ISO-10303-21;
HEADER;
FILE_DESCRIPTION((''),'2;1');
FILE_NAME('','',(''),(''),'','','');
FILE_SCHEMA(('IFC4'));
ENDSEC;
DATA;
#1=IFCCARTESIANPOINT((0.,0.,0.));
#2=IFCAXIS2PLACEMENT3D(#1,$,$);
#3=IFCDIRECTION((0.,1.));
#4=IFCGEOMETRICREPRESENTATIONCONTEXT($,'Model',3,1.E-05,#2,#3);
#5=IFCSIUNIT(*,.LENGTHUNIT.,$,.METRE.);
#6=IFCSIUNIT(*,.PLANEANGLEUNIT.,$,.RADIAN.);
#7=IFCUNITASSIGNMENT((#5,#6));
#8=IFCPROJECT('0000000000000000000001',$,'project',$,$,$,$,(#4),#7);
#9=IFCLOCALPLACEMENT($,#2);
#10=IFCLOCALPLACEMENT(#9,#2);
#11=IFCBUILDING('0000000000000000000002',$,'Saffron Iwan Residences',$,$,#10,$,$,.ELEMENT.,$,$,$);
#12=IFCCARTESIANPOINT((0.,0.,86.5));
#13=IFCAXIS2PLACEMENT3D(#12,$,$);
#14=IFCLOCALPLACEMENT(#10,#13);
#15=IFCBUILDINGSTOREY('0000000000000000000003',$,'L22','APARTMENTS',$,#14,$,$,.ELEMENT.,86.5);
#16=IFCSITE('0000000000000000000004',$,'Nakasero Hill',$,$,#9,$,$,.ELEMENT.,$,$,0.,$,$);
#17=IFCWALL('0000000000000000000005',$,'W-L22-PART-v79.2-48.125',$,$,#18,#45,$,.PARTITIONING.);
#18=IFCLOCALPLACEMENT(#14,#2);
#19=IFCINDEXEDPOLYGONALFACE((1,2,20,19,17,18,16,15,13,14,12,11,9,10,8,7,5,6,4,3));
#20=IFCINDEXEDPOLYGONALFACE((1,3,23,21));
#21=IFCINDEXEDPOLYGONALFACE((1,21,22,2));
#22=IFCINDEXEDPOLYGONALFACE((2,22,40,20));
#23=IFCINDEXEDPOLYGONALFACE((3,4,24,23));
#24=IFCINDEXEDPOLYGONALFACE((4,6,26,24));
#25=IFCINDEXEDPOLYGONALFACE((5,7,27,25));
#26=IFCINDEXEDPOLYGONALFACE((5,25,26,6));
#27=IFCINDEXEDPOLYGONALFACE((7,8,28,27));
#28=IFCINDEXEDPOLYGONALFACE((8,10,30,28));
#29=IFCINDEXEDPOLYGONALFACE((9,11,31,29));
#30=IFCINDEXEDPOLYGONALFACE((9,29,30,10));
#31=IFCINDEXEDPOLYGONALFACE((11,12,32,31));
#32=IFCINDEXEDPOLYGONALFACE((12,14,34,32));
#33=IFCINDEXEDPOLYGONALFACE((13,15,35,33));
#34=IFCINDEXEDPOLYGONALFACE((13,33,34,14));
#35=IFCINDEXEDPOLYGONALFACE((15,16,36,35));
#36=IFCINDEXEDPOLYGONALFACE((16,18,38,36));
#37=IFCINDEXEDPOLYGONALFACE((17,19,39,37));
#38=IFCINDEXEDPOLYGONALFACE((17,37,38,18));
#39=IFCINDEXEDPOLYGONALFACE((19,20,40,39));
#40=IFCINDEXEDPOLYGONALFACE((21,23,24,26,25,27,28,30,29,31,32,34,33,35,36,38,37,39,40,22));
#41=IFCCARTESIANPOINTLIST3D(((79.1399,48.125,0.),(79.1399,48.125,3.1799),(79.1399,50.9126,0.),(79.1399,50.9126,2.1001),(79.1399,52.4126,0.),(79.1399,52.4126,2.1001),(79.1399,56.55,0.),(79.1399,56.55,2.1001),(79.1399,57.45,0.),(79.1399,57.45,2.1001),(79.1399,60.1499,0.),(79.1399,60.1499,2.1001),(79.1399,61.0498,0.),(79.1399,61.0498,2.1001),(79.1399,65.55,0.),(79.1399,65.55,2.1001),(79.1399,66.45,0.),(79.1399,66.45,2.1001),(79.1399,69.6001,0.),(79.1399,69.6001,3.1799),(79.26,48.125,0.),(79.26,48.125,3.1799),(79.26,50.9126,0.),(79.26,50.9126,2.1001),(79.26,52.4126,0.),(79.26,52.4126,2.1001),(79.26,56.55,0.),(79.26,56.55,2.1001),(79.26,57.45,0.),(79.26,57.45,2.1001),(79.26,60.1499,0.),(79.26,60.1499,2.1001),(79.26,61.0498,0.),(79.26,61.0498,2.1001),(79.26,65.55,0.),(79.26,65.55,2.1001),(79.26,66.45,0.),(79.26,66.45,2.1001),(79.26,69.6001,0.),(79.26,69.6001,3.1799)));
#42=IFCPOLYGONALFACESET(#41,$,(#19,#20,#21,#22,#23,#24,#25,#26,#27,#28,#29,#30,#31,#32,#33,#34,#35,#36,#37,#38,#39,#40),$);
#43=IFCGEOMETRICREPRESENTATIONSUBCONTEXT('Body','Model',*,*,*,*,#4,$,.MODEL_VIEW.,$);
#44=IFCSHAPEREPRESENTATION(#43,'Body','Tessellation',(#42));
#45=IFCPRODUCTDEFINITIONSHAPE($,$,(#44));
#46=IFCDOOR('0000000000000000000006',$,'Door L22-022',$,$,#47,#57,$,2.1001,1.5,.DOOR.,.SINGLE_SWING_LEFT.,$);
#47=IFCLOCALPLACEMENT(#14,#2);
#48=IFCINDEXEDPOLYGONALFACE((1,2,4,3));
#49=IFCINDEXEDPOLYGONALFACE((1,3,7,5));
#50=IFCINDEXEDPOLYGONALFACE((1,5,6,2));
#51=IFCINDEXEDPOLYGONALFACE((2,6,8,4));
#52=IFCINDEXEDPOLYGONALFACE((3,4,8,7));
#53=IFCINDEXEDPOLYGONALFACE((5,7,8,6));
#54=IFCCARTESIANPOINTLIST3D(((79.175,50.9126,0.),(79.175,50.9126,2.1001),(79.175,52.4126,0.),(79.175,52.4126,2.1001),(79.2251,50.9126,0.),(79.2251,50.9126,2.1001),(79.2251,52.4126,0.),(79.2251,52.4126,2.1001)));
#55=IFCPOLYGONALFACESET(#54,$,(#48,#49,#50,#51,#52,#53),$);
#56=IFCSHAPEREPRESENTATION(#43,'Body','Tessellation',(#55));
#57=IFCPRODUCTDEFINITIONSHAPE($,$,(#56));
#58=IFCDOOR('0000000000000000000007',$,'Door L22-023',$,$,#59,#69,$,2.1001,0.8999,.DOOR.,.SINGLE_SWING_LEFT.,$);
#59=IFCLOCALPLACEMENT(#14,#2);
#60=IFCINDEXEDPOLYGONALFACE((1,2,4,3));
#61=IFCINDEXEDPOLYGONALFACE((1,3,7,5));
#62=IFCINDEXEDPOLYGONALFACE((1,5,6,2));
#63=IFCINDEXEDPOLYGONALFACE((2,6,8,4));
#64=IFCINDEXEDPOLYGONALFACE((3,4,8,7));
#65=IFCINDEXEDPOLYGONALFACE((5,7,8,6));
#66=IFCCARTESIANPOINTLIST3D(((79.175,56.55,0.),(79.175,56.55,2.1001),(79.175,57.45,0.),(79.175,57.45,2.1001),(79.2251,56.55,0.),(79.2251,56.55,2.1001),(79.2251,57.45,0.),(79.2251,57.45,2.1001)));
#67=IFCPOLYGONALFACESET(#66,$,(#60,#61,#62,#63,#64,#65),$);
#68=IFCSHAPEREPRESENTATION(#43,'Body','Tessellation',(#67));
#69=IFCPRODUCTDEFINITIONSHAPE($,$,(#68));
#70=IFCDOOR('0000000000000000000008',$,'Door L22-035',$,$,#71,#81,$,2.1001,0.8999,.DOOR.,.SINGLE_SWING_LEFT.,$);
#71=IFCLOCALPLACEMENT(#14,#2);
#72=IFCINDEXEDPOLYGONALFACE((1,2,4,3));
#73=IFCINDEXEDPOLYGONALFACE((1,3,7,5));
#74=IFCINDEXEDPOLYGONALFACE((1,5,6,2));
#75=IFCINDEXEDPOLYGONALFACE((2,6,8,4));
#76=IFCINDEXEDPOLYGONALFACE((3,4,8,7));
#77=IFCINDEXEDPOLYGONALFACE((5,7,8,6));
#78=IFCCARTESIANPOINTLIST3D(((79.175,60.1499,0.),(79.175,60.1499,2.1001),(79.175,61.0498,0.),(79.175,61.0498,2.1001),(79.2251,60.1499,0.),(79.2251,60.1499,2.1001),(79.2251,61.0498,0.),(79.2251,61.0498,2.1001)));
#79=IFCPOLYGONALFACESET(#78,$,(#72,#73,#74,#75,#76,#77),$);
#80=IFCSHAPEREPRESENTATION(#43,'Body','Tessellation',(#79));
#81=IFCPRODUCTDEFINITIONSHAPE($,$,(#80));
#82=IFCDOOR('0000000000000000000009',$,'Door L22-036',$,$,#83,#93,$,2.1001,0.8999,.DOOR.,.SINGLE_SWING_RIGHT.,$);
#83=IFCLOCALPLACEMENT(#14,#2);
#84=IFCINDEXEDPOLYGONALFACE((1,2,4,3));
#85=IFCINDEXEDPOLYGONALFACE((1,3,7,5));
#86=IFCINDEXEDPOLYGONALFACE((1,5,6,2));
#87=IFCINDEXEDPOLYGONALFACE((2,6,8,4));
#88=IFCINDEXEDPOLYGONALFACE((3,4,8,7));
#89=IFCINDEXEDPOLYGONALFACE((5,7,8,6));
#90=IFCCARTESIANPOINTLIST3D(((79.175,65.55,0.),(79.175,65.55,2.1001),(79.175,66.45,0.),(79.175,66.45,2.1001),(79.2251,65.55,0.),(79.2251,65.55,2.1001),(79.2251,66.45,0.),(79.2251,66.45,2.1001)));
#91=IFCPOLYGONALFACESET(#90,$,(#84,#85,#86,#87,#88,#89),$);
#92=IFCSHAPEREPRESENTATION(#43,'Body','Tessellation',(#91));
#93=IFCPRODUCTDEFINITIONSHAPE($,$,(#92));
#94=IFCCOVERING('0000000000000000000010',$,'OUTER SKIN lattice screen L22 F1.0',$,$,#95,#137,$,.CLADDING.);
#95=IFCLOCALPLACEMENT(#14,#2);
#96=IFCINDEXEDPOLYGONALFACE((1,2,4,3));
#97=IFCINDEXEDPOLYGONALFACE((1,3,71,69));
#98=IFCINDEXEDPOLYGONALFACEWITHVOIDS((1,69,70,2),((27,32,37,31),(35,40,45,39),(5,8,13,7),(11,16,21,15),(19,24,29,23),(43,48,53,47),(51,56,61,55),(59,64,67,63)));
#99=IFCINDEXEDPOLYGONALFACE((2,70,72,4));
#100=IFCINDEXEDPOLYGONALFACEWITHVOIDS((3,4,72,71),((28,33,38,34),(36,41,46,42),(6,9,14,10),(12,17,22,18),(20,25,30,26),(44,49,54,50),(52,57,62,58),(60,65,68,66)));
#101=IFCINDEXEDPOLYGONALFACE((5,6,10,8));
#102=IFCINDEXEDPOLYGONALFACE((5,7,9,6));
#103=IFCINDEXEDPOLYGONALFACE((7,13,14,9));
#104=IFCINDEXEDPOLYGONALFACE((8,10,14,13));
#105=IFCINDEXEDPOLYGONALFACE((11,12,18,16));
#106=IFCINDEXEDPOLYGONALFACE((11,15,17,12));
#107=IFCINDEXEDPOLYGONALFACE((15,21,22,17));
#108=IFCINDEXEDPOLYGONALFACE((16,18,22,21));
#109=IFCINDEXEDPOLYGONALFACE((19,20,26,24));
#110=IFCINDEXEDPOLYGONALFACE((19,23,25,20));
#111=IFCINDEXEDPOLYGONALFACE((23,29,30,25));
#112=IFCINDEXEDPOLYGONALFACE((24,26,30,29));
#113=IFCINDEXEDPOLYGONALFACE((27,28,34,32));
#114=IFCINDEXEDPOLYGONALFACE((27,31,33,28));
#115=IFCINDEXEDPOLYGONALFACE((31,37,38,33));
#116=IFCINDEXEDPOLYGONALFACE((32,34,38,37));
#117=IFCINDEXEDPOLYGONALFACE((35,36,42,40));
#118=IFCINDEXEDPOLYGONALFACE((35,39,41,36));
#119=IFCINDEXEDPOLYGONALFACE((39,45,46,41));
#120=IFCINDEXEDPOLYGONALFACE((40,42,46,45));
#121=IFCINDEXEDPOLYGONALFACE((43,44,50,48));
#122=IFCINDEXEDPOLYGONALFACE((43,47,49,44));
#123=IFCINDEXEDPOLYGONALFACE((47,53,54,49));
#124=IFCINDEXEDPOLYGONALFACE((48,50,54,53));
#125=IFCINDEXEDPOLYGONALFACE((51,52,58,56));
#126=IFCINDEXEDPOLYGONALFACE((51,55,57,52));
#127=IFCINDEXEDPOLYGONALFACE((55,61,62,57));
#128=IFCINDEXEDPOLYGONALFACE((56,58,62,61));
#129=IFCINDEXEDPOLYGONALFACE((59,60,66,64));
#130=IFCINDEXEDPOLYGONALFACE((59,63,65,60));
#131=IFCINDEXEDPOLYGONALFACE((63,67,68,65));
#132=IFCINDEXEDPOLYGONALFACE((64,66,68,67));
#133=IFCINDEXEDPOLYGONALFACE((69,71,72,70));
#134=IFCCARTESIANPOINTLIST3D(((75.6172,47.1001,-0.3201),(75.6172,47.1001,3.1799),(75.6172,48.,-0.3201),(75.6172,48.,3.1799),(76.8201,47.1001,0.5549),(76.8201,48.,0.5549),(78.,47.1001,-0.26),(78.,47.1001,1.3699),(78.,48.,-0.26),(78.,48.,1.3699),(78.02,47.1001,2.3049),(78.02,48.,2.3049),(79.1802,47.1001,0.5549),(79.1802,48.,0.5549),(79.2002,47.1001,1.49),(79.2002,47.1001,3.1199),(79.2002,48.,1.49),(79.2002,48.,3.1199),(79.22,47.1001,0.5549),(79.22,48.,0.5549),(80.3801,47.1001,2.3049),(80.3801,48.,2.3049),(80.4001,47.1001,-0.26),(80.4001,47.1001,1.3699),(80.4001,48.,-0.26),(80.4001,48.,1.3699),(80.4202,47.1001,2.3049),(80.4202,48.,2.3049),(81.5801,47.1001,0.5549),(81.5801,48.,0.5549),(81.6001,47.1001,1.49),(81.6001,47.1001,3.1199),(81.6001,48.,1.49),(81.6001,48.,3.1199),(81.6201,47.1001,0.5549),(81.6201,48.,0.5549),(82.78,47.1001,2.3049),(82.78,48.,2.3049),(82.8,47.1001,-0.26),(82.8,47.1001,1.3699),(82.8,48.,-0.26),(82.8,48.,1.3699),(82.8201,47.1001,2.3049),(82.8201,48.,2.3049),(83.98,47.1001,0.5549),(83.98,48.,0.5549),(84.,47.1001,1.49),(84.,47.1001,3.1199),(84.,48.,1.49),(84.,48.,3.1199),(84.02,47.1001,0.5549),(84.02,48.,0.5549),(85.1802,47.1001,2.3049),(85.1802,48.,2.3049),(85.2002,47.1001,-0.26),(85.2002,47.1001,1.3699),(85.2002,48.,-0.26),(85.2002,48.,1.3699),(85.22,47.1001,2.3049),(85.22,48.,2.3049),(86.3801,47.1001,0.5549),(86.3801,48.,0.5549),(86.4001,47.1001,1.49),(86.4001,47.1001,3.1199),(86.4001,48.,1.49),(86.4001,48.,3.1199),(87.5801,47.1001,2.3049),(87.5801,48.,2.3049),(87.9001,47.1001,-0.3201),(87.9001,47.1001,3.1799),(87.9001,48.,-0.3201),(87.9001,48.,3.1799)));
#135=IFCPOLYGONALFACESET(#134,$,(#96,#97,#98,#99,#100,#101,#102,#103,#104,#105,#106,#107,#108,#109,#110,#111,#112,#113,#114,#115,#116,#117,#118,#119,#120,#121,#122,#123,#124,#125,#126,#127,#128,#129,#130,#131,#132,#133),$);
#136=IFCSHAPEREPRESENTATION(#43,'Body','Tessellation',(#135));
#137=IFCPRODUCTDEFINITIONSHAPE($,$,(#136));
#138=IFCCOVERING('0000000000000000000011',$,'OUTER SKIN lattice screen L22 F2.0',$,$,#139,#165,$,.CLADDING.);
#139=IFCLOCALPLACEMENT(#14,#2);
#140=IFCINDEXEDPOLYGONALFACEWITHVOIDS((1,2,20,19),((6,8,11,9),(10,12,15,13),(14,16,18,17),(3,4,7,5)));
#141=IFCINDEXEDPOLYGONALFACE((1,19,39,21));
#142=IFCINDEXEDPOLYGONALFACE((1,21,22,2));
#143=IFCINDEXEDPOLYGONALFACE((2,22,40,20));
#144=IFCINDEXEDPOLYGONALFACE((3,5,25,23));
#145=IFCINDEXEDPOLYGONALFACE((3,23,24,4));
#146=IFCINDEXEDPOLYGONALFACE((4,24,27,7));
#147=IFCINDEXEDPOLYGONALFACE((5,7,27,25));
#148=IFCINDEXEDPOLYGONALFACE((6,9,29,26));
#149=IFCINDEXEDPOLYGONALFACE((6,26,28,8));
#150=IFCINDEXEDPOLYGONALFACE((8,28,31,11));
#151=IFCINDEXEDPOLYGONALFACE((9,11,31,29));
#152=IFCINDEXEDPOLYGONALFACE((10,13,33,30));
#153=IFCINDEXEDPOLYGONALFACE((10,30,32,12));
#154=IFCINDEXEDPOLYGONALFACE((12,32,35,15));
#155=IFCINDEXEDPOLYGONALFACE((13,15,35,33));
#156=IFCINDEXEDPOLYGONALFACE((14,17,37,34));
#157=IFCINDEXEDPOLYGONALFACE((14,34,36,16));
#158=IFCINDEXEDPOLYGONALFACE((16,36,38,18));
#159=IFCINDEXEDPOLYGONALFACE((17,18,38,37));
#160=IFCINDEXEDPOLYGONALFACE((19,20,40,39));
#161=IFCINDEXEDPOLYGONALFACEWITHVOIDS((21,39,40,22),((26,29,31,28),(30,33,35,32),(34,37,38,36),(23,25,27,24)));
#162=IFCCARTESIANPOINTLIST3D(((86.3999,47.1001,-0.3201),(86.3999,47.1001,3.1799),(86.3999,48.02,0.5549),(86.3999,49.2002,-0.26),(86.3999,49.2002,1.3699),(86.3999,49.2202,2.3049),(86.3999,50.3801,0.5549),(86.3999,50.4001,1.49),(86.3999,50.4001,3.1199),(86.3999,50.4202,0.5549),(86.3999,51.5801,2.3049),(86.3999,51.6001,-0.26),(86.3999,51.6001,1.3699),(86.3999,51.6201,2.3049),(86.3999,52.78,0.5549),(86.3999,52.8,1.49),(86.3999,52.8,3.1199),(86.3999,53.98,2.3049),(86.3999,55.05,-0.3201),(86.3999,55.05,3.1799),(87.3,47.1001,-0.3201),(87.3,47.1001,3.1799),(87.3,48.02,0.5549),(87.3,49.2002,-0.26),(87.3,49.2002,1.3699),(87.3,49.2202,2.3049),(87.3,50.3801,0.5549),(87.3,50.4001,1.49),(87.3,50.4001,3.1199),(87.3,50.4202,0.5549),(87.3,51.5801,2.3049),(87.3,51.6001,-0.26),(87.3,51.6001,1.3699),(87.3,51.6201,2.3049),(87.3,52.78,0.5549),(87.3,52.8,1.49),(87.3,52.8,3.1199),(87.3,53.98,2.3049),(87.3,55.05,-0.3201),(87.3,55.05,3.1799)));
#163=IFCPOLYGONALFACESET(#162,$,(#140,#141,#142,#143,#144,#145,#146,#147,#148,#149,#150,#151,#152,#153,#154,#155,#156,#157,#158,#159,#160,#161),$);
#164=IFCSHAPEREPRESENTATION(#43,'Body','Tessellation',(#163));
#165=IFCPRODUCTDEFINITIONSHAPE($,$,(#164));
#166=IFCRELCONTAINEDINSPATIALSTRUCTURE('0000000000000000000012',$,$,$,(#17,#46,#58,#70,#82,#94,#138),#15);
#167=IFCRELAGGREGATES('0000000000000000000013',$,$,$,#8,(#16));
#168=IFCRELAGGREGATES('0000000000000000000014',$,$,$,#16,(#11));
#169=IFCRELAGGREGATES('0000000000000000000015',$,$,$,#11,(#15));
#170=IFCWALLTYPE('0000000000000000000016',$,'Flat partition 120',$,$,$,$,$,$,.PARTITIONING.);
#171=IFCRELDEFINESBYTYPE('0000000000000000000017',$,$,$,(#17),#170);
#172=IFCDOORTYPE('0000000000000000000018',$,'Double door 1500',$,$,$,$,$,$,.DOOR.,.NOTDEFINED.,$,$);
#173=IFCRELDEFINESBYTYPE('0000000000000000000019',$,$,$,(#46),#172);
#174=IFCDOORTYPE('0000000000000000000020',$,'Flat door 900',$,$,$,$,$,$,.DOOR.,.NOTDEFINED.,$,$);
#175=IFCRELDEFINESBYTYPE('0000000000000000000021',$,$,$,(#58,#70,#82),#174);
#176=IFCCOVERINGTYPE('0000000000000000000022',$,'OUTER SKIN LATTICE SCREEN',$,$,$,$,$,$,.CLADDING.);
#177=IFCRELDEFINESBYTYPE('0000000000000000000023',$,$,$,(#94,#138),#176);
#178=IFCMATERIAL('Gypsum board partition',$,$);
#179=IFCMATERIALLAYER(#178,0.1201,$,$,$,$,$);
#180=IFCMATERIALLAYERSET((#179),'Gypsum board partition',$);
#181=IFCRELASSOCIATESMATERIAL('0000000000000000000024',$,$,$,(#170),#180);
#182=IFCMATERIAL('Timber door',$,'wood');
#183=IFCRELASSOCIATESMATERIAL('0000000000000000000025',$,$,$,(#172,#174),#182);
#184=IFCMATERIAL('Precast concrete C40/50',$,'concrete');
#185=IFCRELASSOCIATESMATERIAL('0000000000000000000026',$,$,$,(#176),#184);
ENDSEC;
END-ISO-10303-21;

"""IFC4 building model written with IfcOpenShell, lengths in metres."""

from ifc_helpers import new_model, si_unit, direction, frame, frame_2d, origin, place, context, subcontext, project, spatial, polyline, rectangle, outline, extrude, material, layer, layer_set, type_object, element, fill, save


model = new_model("IFC4")

# Units and contexts
model_context = context("Model", 3, precision=1e-05, world=origin(), true_north=direction((0.0, 1.0)))
body_context = subcontext(model_context, "Body", "Model", "MODEL_VIEW")
ifc_project = project(units=[si_unit("LENGTHUNIT", "METRE"), si_unit("PLANEANGLEUNIT", "RADIAN")], contexts=[model_context])

# Site, building, storey
site_placement = place(None, origin())
site = spatial("IfcSite", under=ifc_project, at=site_placement, Name="Nakasero Hill", CompositionType="ELEMENT", RefElevation=0.0)
building_placement = place(site_placement, origin())
building = spatial("IfcBuilding", under=site, at=building_placement, Name="Saffron Iwan Residences", CompositionType="ELEMENT")
storey_placement = place(building_placement, frame((0.0, 0.0, 86.5)))
storey = spatial("IfcBuildingStorey", under=building, at=storey_placement, Name="L22", Description="APARTMENTS", CompositionType="ELEMENT", Elevation=86.5)

# Shared definitions
ifc_material_1 = material(Name="Gypsum board partition")
ifc_layer_1 = layer(ifc_material_1, 0.1201)
ifc_layer_set_1 = layer_set([ifc_layer_1], Name="Gypsum board partition")
wall_type_1 = type_object("IfcWallType", Name="Flat partition 120", PredefinedType="PARTITIONING", material=ifc_layer_set_1)

# Wall, openings, doors
wall_1_placement = place(storey_placement, frame((79.2, 48.125, 0.0), z_axis=(0.0, 0.0, 1.0), x_axis=(0.0, 1.0, 0.0)))
wall_1 = element("IfcWall", 1, at=wall_1_placement, inside=storey, type_object=wall_type_1, Name="W-L22-PART-v79.2-48.125", PredefinedType="PARTITIONING", context=body_context, shape_type="SweptSolid", body=[
    extrude(rectangle(XDim=21.4751, YDim=0.1201, at=frame_2d((10.7375, 0.0))), origin(), (0.0, 0.0, 1.0), 3.1799),
])
opening_1_placement = place(wall_1_placement, frame((2.7876, 0.0, 0.0)))
opening_1 = element("IfcOpeningElement", 2, at=opening_1_placement, cuts=wall_1, PredefinedType="OPENING", context=body_context, shape_type="SweptSolid", body=[
    extrude(rectangle(XDim=1.5, YDim=2.1001, at=frame_2d((0.75, 1.05))), frame((0.0, 0.0701, 0.0), z_axis=(0.0, -1.0, 0.0), x_axis=(1.0, 0.0, 0.0)), (0.0, 0.0, 1.0), 0.1401),
])
opening_2_placement = place(wall_1_placement, frame((8.425, 0.0, 0.0)))
opening_2 = element("IfcOpeningElement", 3, at=opening_2_placement, cuts=wall_1, PredefinedType="OPENING", context=body_context, shape_type="SweptSolid", body=[
    extrude(rectangle(XDim=0.8999, YDim=2.1001, at=frame_2d((0.45, 1.05))), frame((0.0, 0.0701, 0.0), z_axis=(0.0, -1.0, 0.0), x_axis=(1.0, 0.0, 0.0)), (0.0, 0.0, 1.0), 0.1401),
])
opening_3_placement = place(wall_1_placement, frame((12.0249, 0.0, 0.0)))
opening_3 = element("IfcOpeningElement", 4, at=opening_3_placement, cuts=wall_1, PredefinedType="OPENING", context=body_context, shape_type="SweptSolid", body=[
    extrude(rectangle(XDim=0.8999, YDim=2.1001, at=frame_2d((0.45, 1.05))), frame((0.0, 0.0701, 0.0), z_axis=(0.0, -1.0, 0.0), x_axis=(1.0, 0.0, 0.0)), (0.0, 0.0, 1.0), 0.1401),
])
opening_4_placement = place(wall_1_placement, frame((17.425, 0.0, 0.0)))
opening_4 = element("IfcOpeningElement", 5, at=opening_4_placement, cuts=wall_1, PredefinedType="OPENING", context=body_context, shape_type="SweptSolid", body=[
    extrude(rectangle(XDim=0.8999, YDim=2.1001, at=frame_2d((0.45, 1.05))), frame((0.0, 0.0701, 0.0), z_axis=(0.0, -1.0, 0.0), x_axis=(1.0, 0.0, 0.0)), (0.0, 0.0, 1.0), 0.1401),
])
ifc_material_2 = material(Name="Timber door", Category="wood")
door_type_1 = type_object("IfcDoorType", Name="Double door 1500", OperationType="NOTDEFINED", PredefinedType="DOOR", material=ifc_material_2)
door_1_placement = place(opening_1_placement, origin())
door_1 = element("IfcDoor", 6, at=door_1_placement, inside=storey, type_object=door_type_1, Name="Door L22-022", OperationType="SINGLE_SWING_LEFT", OverallHeight=2.1001, OverallWidth=1.5, PredefinedType="DOOR", context=body_context, shape_type="SweptSolid", body=[
    extrude(rectangle(XDim=1.5, YDim=2.1001, at=frame_2d((0.75, 1.05))), frame((0.0, 0.0249, 0.0), z_axis=(0.0, -1.0, 0.0), x_axis=(1.0, 0.0, 0.0)), (0.0, 0.0, 1.0), 0.05),
])
fill(opening_1, door_1)
door_type_2 = type_object("IfcDoorType", Name="Flat door 900", OperationType="NOTDEFINED", PredefinedType="DOOR", material=ifc_material_2)
door_2_placement = place(opening_2_placement, origin())
door_2 = element("IfcDoor", 7, at=door_2_placement, inside=storey, type_object=door_type_2, Name="Door L22-023", OperationType="SINGLE_SWING_LEFT", OverallHeight=2.1001, OverallWidth=0.8999, PredefinedType="DOOR", context=body_context, shape_type="SweptSolid", body=[
    extrude(rectangle(XDim=0.8999, YDim=2.1001, at=frame_2d((0.45, 1.05))), frame((0.0, 0.0249, 0.0), z_axis=(0.0, -1.0, 0.0), x_axis=(1.0, 0.0, 0.0)), (0.0, 0.0, 1.0), 0.05),
])
fill(opening_2, door_2)
door_3_placement = place(opening_3_placement, origin())
door_3 = element("IfcDoor", 8, at=door_3_placement, inside=storey, type_object=door_type_2, Name="Door L22-035", OperationType="SINGLE_SWING_LEFT", OverallHeight=2.1001, OverallWidth=0.8999, PredefinedType="DOOR", context=body_context, shape_type="SweptSolid", body=[
    extrude(rectangle(XDim=0.8999, YDim=2.1001, at=frame_2d((0.45, 1.05))), frame((0.0, 0.0249, 0.0), z_axis=(0.0, -1.0, 0.0), x_axis=(1.0, 0.0, 0.0)), (0.0, 0.0, 1.0), 0.05),
])
fill(opening_3, door_3)
door_4_placement = place(opening_4_placement, origin())
door_4 = element("IfcDoor", 9, at=door_4_placement, inside=storey, type_object=door_type_2, Name="Door L22-036", OperationType="SINGLE_SWING_RIGHT", OverallHeight=2.1001, OverallWidth=0.8999, PredefinedType="DOOR", context=body_context, shape_type="SweptSolid", body=[
    extrude(rectangle(XDim=0.8999, YDim=2.1001, at=frame_2d((0.45, 1.05))), frame((0.0, 0.0249, 0.0), z_axis=(0.0, -1.0, 0.0), x_axis=(1.0, 0.0, 0.0)), (0.0, 0.0, 1.0), 0.05),
])
fill(opening_4, door_4)

# Coverings
ifc_material_3 = material(Name="Precast concrete C40/50", Category="concrete")
covering_type = type_object("IfcCoveringType", Name="OUTER SKIN LATTICE SCREEN", PredefinedType="CLADDING", material=ifc_material_3)
covering_1_placement = place(storey_placement, frame((75.6172, 48.0, -0.3201), z_axis=(0.0, -1.0, 0.0), x_axis=(1.0, 0.0, 0.0)))
element("IfcCovering", 10, at=covering_1_placement, inside=storey, type_object=covering_type, Name="OUTER SKIN lattice screen L22 F1.0", PredefinedType="CLADDING", context=body_context, shape_type="SweptSolid", body=[
    extrude(outline(polyline([(0.0, 0.0), (12.283, 0.0), (12.283, 3.5), (0.0, 3.5), (0.0, 0.0)]), holes=[polyline([(1.2029, 0.875), (2.3828, 0.0601), (3.563, 0.875), (2.3828, 1.6899), (1.2029, 0.875)]), polyline([(3.6028, 0.875), (4.783, 0.0601), (5.9629, 0.875), (4.783, 1.6899), (3.6028, 0.875)]), polyline([(6.0029, 0.875), (7.1829, 0.0601), (8.3628, 0.875), (7.1829, 1.6899), (6.0029, 0.875)]), polyline([(8.4028, 0.875), (9.583, 0.0601), (10.7629, 0.875), (9.583, 1.6899), (8.4028, 0.875)]), polyline([(2.4028, 2.625), (3.583, 1.8101), (4.7629, 2.625), (3.583, 3.4399), (2.4028, 2.625)]), polyline([(4.803, 2.625), (5.9829, 1.8101), (7.1628, 2.625), (5.9829, 3.4399), (4.803, 2.625)]), polyline([(7.2029, 2.625), (8.3828, 1.8101), (9.563, 2.625), (8.3828, 3.4399), (7.2029, 2.625)]), polyline([(9.6028, 2.625), (10.783, 1.8101), (11.9629, 2.625), (10.783, 3.4399), (9.6028, 2.625)])]), origin(), (0.0, 0.0, 1.0), 0.8999),
])
covering_2_placement = place(storey_placement, frame((86.3999, 47.1001, -0.3201), z_axis=(1.0, 0.0, 0.0), x_axis=(0.0, 1.0, 0.0)))
element("IfcCovering", 11, at=covering_2_placement, inside=storey, type_object=covering_type, Name="OUTER SKIN lattice screen L22 F2.0", PredefinedType="CLADDING", context=body_context, shape_type="SweptSolid", body=[
    extrude(outline(polyline([(0.0, 0.0), (7.95, 0.0), (7.95, 3.5), (0.0, 3.5), (0.0, 0.0)]), holes=[polyline([(0.9199, 0.875), (2.1001, 0.0601), (3.28, 0.875), (2.1001, 1.6899), (0.9199, 0.875)]), polyline([(3.3201, 0.875), (4.5, 0.0601), (5.6799, 0.875), (4.5, 1.6899), (3.3201, 0.875)]), polyline([(2.1201, 2.625), (3.3, 1.8101), (4.48, 2.625), (3.3, 3.4399), (2.1201, 2.625)]), polyline([(4.52, 2.625), (5.7, 1.8101), (6.8799, 2.625), (5.7, 3.4399), (4.52, 2.625)])]), origin(), (0.0, 0.0, 1.0), 0.9001),
])

save(model, "model.ifc")
